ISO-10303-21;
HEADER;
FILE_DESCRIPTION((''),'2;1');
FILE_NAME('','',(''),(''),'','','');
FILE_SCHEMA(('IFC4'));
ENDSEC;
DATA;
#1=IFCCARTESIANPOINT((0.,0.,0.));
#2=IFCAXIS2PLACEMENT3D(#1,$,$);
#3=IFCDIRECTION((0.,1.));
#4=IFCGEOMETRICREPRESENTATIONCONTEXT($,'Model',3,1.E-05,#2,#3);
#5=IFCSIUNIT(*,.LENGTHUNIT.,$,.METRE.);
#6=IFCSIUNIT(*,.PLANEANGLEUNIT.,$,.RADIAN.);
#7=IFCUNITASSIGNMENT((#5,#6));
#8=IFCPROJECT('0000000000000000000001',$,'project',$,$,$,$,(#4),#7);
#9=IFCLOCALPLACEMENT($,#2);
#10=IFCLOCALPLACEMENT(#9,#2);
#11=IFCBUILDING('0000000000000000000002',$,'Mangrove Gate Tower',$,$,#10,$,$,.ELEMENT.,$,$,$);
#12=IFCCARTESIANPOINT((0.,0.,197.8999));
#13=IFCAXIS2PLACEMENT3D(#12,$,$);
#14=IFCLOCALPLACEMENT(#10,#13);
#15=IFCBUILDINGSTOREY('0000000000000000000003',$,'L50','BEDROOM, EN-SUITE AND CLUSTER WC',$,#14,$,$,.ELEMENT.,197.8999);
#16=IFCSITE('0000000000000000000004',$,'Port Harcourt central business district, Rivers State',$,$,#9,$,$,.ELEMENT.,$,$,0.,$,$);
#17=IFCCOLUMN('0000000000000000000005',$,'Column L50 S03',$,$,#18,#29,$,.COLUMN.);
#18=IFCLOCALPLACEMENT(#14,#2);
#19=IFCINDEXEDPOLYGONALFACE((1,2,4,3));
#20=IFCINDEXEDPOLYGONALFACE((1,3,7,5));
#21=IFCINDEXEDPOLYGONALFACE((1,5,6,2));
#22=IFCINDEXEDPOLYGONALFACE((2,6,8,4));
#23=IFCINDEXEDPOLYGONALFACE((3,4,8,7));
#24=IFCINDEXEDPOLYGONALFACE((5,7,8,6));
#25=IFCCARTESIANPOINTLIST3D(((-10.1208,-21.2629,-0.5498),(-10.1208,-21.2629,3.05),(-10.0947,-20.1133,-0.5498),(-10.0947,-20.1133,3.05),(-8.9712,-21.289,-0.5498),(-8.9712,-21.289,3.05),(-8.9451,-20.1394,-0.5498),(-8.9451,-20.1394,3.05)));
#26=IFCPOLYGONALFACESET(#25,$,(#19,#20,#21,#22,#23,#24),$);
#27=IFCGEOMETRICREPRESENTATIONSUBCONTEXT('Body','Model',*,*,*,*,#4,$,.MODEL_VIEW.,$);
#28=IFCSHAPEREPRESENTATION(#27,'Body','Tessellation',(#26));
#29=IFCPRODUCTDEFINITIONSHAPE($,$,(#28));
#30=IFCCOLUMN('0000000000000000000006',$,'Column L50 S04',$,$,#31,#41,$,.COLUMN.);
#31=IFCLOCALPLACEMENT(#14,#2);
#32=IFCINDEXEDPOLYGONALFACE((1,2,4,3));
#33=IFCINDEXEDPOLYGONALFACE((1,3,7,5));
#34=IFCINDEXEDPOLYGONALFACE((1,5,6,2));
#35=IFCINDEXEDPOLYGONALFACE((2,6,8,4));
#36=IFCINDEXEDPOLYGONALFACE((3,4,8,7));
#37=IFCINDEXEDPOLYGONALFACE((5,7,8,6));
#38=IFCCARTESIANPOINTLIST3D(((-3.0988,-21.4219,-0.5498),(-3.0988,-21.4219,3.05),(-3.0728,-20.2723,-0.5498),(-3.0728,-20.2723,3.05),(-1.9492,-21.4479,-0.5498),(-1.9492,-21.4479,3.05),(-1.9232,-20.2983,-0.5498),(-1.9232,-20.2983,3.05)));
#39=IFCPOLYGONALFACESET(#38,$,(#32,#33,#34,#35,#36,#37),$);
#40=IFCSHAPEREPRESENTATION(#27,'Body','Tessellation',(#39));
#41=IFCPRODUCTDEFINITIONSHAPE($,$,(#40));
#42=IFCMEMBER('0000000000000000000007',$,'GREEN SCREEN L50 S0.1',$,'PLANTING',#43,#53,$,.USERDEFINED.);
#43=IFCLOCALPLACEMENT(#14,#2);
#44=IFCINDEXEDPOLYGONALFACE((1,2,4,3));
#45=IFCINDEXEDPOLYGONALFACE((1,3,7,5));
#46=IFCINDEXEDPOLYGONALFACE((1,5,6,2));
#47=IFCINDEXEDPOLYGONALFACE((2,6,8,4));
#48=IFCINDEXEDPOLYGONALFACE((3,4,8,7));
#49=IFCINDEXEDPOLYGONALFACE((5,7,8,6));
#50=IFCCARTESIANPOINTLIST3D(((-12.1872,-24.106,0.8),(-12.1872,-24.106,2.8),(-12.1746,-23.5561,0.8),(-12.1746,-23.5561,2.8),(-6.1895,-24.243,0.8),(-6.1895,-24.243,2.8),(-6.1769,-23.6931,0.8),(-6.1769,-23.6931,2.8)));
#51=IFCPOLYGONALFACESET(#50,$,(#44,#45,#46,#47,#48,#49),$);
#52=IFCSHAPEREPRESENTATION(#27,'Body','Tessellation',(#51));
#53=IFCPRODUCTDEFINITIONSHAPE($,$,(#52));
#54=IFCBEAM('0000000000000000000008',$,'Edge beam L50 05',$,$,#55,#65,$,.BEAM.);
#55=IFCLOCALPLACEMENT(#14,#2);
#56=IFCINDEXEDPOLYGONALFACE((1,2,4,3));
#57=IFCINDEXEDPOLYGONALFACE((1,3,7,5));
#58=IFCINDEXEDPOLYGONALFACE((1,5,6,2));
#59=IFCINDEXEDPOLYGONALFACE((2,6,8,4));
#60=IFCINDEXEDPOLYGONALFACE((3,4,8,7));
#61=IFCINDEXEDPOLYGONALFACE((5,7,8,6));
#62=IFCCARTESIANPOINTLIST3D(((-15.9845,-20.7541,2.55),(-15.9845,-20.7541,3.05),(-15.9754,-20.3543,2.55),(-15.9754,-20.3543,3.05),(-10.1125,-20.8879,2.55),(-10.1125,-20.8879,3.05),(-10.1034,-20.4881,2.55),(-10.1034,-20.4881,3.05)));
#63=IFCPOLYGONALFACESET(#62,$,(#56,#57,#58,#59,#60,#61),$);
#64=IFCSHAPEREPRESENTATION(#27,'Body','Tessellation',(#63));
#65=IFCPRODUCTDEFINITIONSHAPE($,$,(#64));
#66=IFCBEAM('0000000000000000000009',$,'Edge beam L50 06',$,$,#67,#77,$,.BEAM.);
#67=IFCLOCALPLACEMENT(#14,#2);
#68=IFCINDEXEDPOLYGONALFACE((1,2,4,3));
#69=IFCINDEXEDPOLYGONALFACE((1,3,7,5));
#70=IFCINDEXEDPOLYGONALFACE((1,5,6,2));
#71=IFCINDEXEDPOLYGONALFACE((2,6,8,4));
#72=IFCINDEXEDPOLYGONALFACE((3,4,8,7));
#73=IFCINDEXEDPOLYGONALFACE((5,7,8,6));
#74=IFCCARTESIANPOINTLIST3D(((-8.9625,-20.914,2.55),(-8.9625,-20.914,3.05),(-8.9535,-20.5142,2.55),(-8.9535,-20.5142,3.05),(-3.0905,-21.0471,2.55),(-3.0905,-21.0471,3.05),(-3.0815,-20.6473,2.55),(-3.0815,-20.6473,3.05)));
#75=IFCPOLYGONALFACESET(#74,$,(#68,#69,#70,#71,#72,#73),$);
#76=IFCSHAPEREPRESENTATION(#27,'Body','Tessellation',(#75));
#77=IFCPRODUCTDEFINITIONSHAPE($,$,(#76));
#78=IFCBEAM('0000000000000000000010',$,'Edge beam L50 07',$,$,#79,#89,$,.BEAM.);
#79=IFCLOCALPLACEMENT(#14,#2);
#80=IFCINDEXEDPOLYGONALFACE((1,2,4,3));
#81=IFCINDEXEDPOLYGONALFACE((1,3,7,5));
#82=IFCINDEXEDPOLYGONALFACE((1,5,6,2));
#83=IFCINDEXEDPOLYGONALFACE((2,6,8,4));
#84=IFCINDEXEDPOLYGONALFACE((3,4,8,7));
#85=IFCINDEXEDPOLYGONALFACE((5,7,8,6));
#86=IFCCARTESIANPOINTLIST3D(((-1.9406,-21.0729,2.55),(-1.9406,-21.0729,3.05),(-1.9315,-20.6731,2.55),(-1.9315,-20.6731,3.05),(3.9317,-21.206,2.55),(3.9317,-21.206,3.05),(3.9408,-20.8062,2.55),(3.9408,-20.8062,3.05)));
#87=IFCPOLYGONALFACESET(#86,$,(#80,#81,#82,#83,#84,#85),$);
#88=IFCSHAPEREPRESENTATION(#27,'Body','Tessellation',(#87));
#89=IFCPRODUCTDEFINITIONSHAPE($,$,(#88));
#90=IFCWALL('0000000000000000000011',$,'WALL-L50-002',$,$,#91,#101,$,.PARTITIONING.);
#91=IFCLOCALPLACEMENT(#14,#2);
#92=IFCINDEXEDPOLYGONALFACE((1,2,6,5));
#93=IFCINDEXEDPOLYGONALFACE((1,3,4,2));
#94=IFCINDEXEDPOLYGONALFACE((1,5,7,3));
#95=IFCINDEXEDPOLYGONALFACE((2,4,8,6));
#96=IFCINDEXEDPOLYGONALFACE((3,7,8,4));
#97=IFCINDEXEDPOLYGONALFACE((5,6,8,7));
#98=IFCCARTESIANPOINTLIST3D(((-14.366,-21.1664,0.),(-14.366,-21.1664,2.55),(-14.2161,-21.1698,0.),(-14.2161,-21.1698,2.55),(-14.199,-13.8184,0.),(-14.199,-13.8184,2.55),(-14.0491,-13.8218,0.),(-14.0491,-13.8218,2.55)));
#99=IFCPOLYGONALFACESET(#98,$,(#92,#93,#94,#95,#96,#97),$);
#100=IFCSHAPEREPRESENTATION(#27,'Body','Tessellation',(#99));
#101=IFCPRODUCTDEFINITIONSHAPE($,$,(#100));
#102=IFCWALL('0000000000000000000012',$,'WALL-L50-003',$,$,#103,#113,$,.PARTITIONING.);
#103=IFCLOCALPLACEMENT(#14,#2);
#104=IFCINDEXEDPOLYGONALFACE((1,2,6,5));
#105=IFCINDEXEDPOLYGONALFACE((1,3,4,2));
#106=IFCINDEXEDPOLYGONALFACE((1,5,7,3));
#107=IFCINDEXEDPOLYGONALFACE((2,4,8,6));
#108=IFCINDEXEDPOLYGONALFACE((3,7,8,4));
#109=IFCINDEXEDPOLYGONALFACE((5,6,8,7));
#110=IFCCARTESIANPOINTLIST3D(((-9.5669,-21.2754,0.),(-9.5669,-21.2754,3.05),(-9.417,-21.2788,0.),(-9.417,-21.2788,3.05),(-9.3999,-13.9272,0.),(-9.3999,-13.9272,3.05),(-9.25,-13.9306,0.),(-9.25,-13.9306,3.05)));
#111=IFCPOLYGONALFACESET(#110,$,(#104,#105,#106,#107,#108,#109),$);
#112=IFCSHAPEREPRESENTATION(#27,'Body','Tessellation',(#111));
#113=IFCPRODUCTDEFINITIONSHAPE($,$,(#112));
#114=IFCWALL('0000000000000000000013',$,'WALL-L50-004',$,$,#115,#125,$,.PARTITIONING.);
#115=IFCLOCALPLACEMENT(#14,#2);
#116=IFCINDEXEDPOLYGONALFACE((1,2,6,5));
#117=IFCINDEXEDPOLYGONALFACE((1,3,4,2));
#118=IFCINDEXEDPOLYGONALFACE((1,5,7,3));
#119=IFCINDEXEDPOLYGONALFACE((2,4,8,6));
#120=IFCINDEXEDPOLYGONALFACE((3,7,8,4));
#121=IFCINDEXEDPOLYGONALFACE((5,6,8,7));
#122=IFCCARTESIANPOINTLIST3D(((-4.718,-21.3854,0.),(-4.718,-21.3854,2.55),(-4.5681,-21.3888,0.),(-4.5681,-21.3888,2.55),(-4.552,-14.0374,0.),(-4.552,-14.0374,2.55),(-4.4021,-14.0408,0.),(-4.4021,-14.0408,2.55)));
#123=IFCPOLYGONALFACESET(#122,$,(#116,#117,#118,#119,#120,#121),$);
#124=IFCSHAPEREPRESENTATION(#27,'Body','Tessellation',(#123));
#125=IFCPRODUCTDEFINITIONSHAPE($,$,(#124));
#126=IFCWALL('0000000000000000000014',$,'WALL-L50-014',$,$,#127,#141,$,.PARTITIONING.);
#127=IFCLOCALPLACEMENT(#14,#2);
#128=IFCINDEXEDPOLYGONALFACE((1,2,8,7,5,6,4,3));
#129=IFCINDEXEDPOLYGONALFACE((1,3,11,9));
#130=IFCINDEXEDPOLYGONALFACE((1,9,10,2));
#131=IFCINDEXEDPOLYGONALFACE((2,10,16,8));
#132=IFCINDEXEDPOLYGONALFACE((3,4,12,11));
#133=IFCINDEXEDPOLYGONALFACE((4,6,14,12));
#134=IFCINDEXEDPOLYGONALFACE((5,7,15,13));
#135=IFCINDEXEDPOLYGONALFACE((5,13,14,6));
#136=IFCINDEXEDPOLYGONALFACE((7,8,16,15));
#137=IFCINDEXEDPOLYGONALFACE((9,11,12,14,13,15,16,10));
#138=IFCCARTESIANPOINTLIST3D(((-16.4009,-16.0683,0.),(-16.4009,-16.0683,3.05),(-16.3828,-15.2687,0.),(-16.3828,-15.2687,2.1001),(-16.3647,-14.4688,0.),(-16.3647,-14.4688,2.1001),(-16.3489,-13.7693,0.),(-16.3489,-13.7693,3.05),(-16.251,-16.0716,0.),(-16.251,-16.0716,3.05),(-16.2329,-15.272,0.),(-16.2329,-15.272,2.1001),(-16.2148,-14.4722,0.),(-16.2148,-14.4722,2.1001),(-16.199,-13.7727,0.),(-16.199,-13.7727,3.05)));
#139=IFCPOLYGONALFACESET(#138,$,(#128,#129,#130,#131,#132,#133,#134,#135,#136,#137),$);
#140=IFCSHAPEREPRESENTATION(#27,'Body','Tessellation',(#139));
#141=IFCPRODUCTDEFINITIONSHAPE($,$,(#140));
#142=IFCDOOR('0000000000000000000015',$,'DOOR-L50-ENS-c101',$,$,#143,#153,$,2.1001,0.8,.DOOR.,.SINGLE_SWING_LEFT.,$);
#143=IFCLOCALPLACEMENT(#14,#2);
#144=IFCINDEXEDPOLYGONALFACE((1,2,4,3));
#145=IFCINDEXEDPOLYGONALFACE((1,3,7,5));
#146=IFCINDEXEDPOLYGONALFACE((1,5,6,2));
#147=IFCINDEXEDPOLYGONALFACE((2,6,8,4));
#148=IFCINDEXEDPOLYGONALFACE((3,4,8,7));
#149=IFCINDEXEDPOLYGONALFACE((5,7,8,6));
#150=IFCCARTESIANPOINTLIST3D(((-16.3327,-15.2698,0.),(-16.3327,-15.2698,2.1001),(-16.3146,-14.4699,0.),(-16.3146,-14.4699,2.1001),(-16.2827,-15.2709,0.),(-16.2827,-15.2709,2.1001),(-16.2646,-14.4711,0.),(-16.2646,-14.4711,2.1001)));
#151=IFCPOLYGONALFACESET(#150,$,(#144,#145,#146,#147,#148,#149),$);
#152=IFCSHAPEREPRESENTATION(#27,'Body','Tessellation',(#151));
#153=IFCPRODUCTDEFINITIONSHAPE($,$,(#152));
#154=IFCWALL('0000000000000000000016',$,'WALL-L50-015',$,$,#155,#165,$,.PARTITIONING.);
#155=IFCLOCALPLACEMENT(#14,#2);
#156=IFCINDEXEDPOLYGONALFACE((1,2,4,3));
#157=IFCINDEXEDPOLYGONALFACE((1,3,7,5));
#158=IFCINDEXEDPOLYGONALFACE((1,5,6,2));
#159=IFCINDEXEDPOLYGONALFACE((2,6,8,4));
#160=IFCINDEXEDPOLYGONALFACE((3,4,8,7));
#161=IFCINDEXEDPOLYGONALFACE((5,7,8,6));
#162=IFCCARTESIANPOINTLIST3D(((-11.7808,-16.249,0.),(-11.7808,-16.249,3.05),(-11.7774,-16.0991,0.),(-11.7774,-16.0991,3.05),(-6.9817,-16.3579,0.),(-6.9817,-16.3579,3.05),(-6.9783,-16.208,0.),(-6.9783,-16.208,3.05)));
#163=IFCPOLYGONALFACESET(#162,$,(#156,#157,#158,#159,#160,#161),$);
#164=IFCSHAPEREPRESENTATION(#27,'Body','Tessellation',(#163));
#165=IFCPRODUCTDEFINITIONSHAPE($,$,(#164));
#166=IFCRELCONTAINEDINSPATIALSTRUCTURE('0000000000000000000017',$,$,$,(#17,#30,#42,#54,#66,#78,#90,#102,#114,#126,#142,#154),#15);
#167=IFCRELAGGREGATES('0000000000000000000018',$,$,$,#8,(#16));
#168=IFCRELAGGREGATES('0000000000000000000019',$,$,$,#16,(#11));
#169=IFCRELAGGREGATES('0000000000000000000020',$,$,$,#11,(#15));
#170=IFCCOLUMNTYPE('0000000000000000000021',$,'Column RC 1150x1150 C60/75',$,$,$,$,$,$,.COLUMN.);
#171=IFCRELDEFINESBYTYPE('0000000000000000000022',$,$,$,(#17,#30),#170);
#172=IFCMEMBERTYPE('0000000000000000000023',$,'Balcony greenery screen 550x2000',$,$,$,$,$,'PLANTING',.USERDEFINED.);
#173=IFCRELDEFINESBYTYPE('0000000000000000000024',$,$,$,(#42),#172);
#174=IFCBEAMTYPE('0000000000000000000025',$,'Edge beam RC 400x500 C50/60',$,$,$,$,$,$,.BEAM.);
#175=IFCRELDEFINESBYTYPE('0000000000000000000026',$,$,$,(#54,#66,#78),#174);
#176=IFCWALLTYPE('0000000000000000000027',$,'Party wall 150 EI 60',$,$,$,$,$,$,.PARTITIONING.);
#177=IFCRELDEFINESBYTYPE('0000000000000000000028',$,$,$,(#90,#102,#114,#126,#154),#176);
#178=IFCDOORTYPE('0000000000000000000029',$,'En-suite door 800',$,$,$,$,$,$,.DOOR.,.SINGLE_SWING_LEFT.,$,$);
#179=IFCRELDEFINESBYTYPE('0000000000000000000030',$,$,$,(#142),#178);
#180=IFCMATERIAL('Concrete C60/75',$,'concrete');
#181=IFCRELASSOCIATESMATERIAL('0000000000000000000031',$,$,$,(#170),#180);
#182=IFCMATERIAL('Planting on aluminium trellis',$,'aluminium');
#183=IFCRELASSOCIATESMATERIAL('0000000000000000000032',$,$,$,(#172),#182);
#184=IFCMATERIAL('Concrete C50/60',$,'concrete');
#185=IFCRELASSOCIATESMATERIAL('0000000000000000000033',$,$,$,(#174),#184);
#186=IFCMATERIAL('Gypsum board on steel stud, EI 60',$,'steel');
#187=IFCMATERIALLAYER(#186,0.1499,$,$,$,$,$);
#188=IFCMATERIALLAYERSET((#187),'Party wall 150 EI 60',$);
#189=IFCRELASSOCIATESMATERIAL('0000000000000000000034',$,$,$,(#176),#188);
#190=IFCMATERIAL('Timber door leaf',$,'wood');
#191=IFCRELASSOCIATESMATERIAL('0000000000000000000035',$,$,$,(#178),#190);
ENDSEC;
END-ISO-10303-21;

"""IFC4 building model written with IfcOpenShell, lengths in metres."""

from ifc_helpers import new_model, si_unit, direction, frame, frame_2d, origin, origin_2d, place, context, subcontext, project, spatial, rectangle, extrude, material, layer, layer_set, material_profile, profile_set, type_object, element, fill, save


model = new_model("IFC4")

# Units and contexts
model_context = context("Model", 3, precision=1e-05, world=origin(), true_north=direction((0.0, 1.0)))
body_context = subcontext(model_context, "Body", "Model", "MODEL_VIEW")
ifc_project = project(units=[si_unit("LENGTHUNIT", "METRE"), si_unit("PLANEANGLEUNIT", "RADIAN")], contexts=[model_context])

# Site, building, storey
site_placement = place(None, origin())
site = spatial("IfcSite", under=ifc_project, at=site_placement, Name="Port Harcourt central business district, Rivers State", CompositionType="ELEMENT", RefElevation=0.0)
building_placement = place(site_placement, origin())
building = spatial("IfcBuilding", under=site, at=building_placement, Name="Mangrove Gate Tower", CompositionType="ELEMENT")
storey_placement = place(building_placement, frame((0.0, 0.0, 197.8999)))
storey = spatial("IfcBuildingStorey", under=building, at=storey_placement, Name="L50", Description="BEDROOM, EN-SUITE AND CLUSTER WC", CompositionType="ELEMENT", Elevation=197.8999)

# Columns
ifc_material_1 = material(Name="Concrete C60/75", Category="concrete")
ifc_material_profile_1 = material_profile(ifc_material_1, rectangle(XDim=1.1499, YDim=1.1499, at=origin_2d()))
ifc_profile_set_1 = profile_set([ifc_material_profile_1], Name="Concrete C60/75")
column_type = type_object("IfcColumnType", Name="Column RC 1150x1150 C60/75", PredefinedType="COLUMN", material=ifc_profile_set_1)
for number, where, z_axis, x_axis, name in (
    (1, (-9.533, -20.7012, -0.5498), (0.0, 0.0, 1.0), (0.999742, -0.022708, 0.0), "Column L50 S03"),
    (2, (-2.511, -20.8601, -0.5498), (0.0, 0.0, 1.0), (0.999744, -0.022637, 0.0), "Column L50 S04"),
):
    element("IfcColumn", number, at=place(storey_placement, frame(where, z_axis=z_axis, x_axis=x_axis)), inside=storey, type_object=column_type, Name=name, PredefinedType="COLUMN", context=body_context, shape_type="SweptSolid", body=[
        extrude(rectangle(XDim=1.1499, YDim=1.1499, at=origin_2d()), origin(), (0.0, 0.0, 1.0), 3.5999),
    ])

# Member
ifc_material_2 = material(Name="Planting on aluminium trellis", Category="aluminium")
ifc_material_profile_2 = material_profile(ifc_material_2, rectangle(XDim=0.55, YDim=2.0, at=origin_2d()))
ifc_profile_set_2 = profile_set([ifc_material_profile_2], Name="Planting on aluminium trellis")
member_type = type_object("IfcMemberType", Name="Balcony greenery screen 550x2000", ElementType="PLANTING", PredefinedType="USERDEFINED", material=ifc_profile_set_2)
member_placement = place(storey_placement, frame((-12.1809, -23.8311, 1.8), z_axis=(0.999739, -0.02283, 0.0), x_axis=(0.02283, 0.999739, 0.0)))
element("IfcMember", 3, at=member_placement, inside=storey, type_object=member_type, Name="GREEN SCREEN L50 S0.1", ObjectType="PLANTING", PredefinedType="USERDEFINED", context=body_context, shape_type="SweptSolid", body=[
    extrude(rectangle(XDim=0.55, YDim=2.0, at=origin_2d()), origin(), (0.0, 0.0, 1.0), 5.9993),
])

# Beams
ifc_material_3 = material(Name="Concrete C50/60", Category="concrete")
ifc_material_profile_3 = material_profile(ifc_material_3, rectangle(XDim=0.3999, YDim=0.5, at=origin_2d()))
ifc_profile_set_3 = profile_set([ifc_material_profile_3], Name="Concrete C50/60")
beam_type = type_object("IfcBeamType", Name="Edge beam RC 400x500 C50/60", PredefinedType="BEAM", material=ifc_profile_set_3)
for number, where, z_axis, x_axis, name in (
    (4, (-15.98, -20.5542, 2.8), (0.999741, -0.022778, 0.0), (0.022778, 0.999741, 0.0), "Edge beam L50 05"),
    (5, (-8.958, -20.7141, 2.8), (0.999743, -0.022653, 0.0), (0.022653, 0.999743, 0.0), "Edge beam L50 06"),
):
    element("IfcBeam", number, at=place(storey_placement, frame(where, z_axis=z_axis, x_axis=x_axis)), inside=storey, type_object=beam_type, Name=name, PredefinedType="BEAM", context=body_context, shape_type="SweptSolid", body=[
        extrude(rectangle(XDim=0.3999, YDim=0.5, at=origin_2d()), origin(), (0.0, 0.0, 1.0), 5.8735),
    ])
beam_placement = place(storey_placement, frame((-1.936, -20.873, 2.8), z_axis=(0.999743, -0.022652, 0.0), x_axis=(0.022652, 0.999743, 0.0)))
element("IfcBeam", 6, at=beam_placement, inside=storey, type_object=beam_type, Name="Edge beam L50 07", PredefinedType="BEAM", context=body_context, shape_type="SweptSolid", body=[
    extrude(rectangle(XDim=0.3999, YDim=0.5, at=origin_2d()), origin(), (0.0, 0.0, 1.0), 5.8738),
])

# Walls
ifc_material_4 = material(Name="Gypsum board on steel stud, EI 60", Category="steel")
ifc_layer_1 = layer(ifc_material_4, 0.1499)
ifc_layer_set_1 = layer_set([ifc_layer_1], Name="Party wall 150 EI 60")
wall_type_1 = type_object("IfcWallType", Name="Party wall 150 EI 60", PredefinedType="PARTITIONING", material=ifc_layer_set_1)
wall_1_placement = place(storey_placement, frame((-14.291, -21.168, 0.0), z_axis=(0.0, 0.0, 1.0), x_axis=(0.022721, 0.999742, 0.0)))
element("IfcWall", 7, at=wall_1_placement, inside=storey, type_object=wall_type_1, Name="WALL-L50-002", PredefinedType="PARTITIONING", context=body_context, shape_type="SweptSolid", body=[
    extrude(rectangle(XDim=7.3499, YDim=0.1499, at=frame_2d((3.6748, 0.0))), origin(), (0.0, 0.0, 1.0), 2.55),
])
wall_2_placement = place(storey_placement, frame((-9.4919, -21.2771, 0.0), z_axis=(0.0, 0.0, 1.0), x_axis=(0.02272, 0.999742, 0.0)))
element("IfcWall", 8, at=wall_2_placement, inside=storey, type_object=wall_type_1, Name="WALL-L50-003", PredefinedType="PARTITIONING", context=body_context, shape_type="SweptSolid", body=[
    extrude(rectangle(XDim=7.3501, YDim=0.1499, at=frame_2d((3.675, 0.0))), origin(), (0.0, 0.0, 1.0), 3.05),
])
wall_3_placement = place(storey_placement, frame((-4.6431, -21.387, 0.0), z_axis=(0.0, 0.0, 1.0), x_axis=(0.022588, 0.999745, 0.0)))
element("IfcWall", 9, at=wall_3_placement, inside=storey, type_object=wall_type_1, Name="WALL-L50-004", PredefinedType="PARTITIONING", context=body_context, shape_type="SweptSolid", body=[
    extrude(rectangle(XDim=7.3499, YDim=0.1499, at=frame_2d((3.6748, 0.0))), origin(), (0.0, 0.0, 1.0), 2.55),
])

# Wall, opening, door
wall_4_placement = place(storey_placement, frame((-16.3259, -16.0701, 0.0), z_axis=(0.0, 0.0, 1.0), x_axis=(0.022613, 0.999744, 0.0)))
wall_4 = element("IfcWall", 10, at=wall_4_placement, inside=storey, type_object=wall_type_1, Name="WALL-L50-014", PredefinedType="PARTITIONING", context=body_context, shape_type="SweptSolid", body=[
    extrude(rectangle(XDim=2.2996, YDim=0.1499, at=frame_2d((1.1499, 0.0))), origin(), (0.0, 0.0, 1.0), 3.05),
])
opening_1_placement = place(wall_4_placement, frame((0.8, 0.0, 0.0)))
opening_1 = element("IfcOpeningElement", 11, at=opening_1_placement, cuts=wall_4, PredefinedType="OPENING", context=body_context, shape_type="SweptSolid", body=[
    extrude(rectangle(XDim=0.8, YDim=2.1001, at=frame_2d((0.3999, 1.05))), frame((0.0, 0.085, 0.0), z_axis=(0.0, -1.0, 0.0), x_axis=(1.0, 0.0, 0.0)), (0.0, 0.0, 1.0), 0.1699),
])
ifc_material_5 = material(Name="Timber door leaf", Category="wood")
door_type = type_object("IfcDoorType", Name="En-suite door 800", OperationType="SINGLE_SWING_LEFT", PredefinedType="DOOR", material=ifc_material_5)
door_1_placement = place(opening_1_placement, origin())
door_1 = element("IfcDoor", 12, at=door_1_placement, inside=storey, type_object=door_type, Name="DOOR-L50-ENS-c101", OperationType="SINGLE_SWING_LEFT", OverallHeight=2.1001, OverallWidth=0.8, PredefinedType="DOOR", context=body_context, shape_type="SweptSolid", body=[
    extrude(rectangle(XDim=0.8, YDim=2.1001, at=frame_2d((0.3999, 1.05))), frame((0.0, 0.0249, 0.0), z_axis=(0.0, -1.0, 0.0), x_axis=(1.0, 0.0, 0.0)), (0.0, 0.0, 1.0), 0.05),
])
fill(opening_1, door_1)

# Wall
wall_5_placement = place(storey_placement, frame((-11.7791, -16.1741, 0.0), z_axis=(0.0, 0.0, 1.0), x_axis=(0.999743, -0.022683, 0.0)))
element("IfcWall", 13, at=wall_5_placement, inside=storey, type_object=wall_type_1, Name="WALL-L50-015", PredefinedType="PARTITIONING", context=body_context, shape_type="SweptSolid", body=[
    extrude(rectangle(XDim=4.8003, YDim=0.1499, at=frame_2d((2.4001, 0.0))), origin(), (0.0, 0.0, 1.0), 3.05),
])

save(model, "model.ifc")
